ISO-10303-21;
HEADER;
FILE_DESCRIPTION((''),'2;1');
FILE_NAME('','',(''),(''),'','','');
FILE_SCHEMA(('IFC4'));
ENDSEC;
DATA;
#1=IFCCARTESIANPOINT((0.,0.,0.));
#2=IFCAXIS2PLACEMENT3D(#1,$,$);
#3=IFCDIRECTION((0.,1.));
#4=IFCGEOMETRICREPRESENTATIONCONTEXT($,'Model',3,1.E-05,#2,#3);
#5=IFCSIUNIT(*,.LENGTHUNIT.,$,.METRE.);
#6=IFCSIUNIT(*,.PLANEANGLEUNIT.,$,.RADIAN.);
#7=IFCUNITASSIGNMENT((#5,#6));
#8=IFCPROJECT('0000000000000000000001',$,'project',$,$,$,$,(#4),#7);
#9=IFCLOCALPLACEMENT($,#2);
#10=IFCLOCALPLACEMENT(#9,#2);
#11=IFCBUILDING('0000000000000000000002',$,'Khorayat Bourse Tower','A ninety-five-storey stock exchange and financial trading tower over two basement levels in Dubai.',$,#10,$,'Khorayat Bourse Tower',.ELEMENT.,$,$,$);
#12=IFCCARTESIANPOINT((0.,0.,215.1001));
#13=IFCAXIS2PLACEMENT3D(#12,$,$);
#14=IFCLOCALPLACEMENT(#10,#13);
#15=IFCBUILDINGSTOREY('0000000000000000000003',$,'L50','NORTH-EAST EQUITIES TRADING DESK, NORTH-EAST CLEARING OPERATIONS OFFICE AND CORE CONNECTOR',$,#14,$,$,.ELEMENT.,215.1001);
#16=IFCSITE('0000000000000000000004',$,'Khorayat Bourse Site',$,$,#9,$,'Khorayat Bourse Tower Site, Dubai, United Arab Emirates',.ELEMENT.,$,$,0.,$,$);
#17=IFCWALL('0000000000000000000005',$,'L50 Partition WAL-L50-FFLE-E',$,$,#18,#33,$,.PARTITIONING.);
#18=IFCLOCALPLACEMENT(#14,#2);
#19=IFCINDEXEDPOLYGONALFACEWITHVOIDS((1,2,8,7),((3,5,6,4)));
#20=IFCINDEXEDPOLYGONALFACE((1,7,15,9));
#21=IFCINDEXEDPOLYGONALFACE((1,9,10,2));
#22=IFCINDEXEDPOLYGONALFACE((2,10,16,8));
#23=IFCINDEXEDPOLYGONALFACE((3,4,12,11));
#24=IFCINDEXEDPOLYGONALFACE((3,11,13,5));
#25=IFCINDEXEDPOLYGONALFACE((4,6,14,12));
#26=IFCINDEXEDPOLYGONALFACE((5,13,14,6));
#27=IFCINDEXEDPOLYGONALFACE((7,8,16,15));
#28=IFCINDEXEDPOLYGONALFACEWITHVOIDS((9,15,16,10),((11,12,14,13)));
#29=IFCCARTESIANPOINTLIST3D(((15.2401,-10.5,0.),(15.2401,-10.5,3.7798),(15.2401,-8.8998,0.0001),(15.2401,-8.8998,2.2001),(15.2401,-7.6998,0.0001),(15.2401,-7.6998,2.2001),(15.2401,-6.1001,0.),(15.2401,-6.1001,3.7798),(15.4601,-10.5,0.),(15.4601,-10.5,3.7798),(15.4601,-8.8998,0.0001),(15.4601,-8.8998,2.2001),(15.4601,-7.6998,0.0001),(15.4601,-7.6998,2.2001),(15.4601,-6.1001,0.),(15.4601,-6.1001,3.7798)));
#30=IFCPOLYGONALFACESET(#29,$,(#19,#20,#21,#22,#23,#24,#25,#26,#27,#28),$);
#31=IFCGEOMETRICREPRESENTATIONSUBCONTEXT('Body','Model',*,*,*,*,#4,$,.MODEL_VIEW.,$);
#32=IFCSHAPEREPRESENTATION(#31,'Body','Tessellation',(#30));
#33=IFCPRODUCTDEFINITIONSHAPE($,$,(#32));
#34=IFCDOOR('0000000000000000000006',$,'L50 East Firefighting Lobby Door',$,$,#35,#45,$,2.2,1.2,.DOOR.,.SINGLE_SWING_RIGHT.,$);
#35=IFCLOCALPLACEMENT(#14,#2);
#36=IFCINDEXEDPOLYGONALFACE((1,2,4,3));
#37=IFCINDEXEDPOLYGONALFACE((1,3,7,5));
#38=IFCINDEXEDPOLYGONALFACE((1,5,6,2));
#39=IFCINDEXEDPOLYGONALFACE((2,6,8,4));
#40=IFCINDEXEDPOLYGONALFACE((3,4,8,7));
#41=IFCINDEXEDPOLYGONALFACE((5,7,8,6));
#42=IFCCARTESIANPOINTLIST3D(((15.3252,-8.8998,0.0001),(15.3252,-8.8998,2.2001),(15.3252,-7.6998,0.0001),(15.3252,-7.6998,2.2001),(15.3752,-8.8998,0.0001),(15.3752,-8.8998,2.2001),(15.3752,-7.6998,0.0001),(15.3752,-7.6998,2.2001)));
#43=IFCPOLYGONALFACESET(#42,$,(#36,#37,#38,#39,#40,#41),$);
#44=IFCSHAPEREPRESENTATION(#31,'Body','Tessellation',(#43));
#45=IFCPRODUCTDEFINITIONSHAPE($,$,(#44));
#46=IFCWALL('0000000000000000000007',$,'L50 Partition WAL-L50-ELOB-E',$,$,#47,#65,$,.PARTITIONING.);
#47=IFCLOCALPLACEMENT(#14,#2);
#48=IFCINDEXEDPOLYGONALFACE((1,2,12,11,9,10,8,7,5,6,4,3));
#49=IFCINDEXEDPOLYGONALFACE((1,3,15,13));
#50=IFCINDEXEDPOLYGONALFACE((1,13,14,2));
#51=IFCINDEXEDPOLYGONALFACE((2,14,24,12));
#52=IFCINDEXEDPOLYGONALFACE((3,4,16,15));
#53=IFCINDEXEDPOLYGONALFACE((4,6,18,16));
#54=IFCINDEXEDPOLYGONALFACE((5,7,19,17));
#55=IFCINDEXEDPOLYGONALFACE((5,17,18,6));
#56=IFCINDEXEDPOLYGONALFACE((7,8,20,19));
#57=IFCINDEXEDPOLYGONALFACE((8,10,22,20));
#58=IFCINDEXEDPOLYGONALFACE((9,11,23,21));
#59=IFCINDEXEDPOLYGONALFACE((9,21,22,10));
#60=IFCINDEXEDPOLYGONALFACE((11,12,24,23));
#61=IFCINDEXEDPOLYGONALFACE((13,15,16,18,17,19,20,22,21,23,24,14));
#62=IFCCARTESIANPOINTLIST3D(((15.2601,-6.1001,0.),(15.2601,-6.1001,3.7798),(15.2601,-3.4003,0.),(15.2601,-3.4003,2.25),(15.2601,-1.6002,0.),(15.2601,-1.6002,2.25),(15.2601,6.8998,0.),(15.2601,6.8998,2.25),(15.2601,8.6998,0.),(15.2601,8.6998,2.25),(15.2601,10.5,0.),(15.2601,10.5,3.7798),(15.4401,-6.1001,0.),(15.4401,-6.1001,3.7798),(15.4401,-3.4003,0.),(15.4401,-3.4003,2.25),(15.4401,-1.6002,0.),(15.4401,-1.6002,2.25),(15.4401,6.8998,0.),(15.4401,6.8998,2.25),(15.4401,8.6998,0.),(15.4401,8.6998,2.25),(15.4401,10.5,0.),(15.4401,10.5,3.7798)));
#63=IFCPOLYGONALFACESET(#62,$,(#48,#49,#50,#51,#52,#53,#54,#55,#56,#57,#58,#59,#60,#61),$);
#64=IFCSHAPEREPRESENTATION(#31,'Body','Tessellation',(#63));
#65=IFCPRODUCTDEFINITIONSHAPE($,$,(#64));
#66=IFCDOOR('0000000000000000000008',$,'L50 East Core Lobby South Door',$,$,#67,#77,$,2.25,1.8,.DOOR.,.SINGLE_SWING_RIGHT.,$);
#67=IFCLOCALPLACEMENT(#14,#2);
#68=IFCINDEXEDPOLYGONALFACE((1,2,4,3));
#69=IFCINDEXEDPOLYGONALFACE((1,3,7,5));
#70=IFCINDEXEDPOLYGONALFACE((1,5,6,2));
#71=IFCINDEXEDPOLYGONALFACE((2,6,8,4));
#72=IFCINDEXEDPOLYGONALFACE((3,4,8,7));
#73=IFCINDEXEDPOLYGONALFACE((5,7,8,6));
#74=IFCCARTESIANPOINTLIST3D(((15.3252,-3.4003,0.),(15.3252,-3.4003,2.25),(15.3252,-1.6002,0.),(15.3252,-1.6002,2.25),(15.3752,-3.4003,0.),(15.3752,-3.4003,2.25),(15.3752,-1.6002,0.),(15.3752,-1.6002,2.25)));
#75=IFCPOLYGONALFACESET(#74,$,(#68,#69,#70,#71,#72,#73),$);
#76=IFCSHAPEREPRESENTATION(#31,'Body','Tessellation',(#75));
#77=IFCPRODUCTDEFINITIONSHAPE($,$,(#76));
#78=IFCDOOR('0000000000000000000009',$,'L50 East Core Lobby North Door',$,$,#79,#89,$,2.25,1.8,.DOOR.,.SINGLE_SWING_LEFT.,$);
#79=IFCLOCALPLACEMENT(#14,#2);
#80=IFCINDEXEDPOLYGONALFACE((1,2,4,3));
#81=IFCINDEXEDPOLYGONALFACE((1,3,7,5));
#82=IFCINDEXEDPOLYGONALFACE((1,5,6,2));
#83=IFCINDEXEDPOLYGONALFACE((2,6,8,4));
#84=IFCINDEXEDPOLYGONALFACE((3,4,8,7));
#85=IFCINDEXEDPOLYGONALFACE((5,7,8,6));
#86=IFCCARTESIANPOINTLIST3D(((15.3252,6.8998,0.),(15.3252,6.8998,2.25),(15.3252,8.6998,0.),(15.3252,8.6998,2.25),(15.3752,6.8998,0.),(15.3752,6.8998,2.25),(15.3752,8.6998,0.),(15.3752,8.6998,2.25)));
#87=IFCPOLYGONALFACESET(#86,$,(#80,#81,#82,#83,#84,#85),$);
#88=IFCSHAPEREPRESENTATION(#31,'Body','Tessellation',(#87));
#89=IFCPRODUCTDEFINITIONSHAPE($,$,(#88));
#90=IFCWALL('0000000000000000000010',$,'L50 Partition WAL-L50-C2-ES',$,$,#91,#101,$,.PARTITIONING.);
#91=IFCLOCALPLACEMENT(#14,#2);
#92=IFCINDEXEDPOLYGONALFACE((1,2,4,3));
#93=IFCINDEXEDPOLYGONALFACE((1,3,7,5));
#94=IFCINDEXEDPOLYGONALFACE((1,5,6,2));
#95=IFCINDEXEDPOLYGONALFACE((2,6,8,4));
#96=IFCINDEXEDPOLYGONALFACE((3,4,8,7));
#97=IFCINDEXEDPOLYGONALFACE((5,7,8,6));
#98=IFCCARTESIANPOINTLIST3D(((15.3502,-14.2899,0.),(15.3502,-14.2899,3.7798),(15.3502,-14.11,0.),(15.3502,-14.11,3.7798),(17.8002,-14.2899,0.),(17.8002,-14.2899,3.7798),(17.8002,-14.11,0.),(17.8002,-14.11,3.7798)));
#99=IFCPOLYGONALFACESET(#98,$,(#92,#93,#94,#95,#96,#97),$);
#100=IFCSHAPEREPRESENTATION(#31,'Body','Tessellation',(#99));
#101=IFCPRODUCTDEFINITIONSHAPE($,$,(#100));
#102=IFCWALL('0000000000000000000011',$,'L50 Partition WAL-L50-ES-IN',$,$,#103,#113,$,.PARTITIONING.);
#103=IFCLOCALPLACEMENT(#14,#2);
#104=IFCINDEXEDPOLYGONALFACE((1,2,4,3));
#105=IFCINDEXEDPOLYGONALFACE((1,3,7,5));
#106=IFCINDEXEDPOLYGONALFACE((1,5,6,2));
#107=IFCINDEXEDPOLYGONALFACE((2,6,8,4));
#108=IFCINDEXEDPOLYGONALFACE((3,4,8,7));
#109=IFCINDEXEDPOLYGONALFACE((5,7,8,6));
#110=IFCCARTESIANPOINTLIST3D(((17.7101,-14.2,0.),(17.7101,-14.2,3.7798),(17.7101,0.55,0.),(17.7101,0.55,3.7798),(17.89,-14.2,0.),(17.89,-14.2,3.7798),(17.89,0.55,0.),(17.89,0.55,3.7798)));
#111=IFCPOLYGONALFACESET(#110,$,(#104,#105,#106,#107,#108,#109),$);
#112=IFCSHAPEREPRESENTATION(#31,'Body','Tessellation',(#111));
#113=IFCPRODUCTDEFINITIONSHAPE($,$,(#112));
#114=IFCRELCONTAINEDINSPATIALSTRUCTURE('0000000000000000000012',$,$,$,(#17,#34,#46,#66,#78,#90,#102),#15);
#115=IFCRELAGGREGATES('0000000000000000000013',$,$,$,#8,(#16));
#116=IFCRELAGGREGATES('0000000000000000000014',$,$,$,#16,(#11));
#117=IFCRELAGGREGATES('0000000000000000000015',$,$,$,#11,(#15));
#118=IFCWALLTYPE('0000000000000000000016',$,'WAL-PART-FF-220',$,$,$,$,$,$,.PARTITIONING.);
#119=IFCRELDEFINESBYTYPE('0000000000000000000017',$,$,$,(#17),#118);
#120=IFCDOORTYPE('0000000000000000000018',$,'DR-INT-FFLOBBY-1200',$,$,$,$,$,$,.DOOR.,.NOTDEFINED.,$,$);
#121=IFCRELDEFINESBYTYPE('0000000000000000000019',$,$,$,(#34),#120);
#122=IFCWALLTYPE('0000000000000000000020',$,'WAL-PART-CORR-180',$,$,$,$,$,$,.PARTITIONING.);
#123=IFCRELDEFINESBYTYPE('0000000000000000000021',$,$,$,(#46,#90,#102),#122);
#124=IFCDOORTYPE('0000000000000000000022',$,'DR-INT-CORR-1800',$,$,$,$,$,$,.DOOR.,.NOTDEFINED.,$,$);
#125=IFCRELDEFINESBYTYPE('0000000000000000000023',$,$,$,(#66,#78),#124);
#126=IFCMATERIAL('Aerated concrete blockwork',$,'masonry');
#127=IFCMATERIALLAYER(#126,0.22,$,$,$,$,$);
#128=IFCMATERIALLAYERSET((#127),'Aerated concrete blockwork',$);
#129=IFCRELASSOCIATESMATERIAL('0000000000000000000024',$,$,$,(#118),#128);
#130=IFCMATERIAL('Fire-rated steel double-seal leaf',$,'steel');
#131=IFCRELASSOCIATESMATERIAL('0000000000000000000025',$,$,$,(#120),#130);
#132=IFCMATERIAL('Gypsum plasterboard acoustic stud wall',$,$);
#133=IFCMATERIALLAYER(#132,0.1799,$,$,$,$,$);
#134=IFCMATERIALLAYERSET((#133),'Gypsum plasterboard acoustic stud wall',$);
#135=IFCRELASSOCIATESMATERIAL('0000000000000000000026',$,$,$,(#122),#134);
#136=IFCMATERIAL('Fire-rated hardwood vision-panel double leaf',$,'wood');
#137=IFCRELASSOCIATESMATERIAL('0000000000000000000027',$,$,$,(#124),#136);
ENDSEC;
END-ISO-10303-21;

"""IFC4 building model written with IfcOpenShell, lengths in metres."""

from ifc_helpers import new_model, si_unit, direction, frame, frame_2d, origin, place, context, subcontext, project, spatial, rectangle, extrude, source, transform, mapped, material, layer, layer_set, type_object, element, fill, save


model = new_model("IFC4")

# Units and contexts
model_context = context("Model", 3, precision=1e-05, world=origin(), true_north=direction((0.0, 1.0)))
body_context = subcontext(model_context, "Body", "Model", "MODEL_VIEW")
ifc_project = project(units=[si_unit("LENGTHUNIT", "METRE"), si_unit("PLANEANGLEUNIT", "RADIAN")], contexts=[model_context])

# Site, building, storey
site_placement = place(None, origin())
site = spatial("IfcSite", under=ifc_project, at=site_placement, Name="Khorayat Bourse Site", LongName="Khorayat Bourse Tower Site, Dubai, United Arab Emirates", CompositionType="ELEMENT", RefElevation=0.0)
building_placement = place(site_placement, origin())
building = spatial("IfcBuilding", under=site, at=building_placement, Name="Khorayat Bourse Tower", Description="A ninety-five-storey stock exchange and financial trading tower over two basement levels in Dubai.", LongName="Khorayat Bourse Tower", CompositionType="ELEMENT")
storey_placement = place(building_placement, frame((0.0, 0.0, 215.1001)))
storey = spatial("IfcBuildingStorey", under=building, at=storey_placement, Name="L50", Description="NORTH-EAST EQUITIES TRADING DESK, NORTH-EAST CLEARING OPERATIONS OFFICE AND CORE CONNECTOR", CompositionType="ELEMENT", Elevation=215.1001)

# Shared definitions
ifc_material_1 = material(Name="Aerated concrete blockwork", Category="masonry")
ifc_layer_1 = layer(ifc_material_1, 0.22)
ifc_layer_set_1 = layer_set([ifc_layer_1], Name="Aerated concrete blockwork")
wall_type_1 = type_object("IfcWallType", Name="WAL-PART-FF-220", PredefinedType="PARTITIONING", material=ifc_layer_set_1)

# Wall, opening, door
shared_shape_1 = source(origin(), body_context, "Body", "SweptSolid", [
    extrude(rectangle(XDim=4.3999, YDim=0.22, at=frame_2d((2.2, 0.0))), origin(), (0.0, 0.0, 1.0), 3.7798),
])
wall_1_placement = place(storey_placement, frame((15.3501, -10.5, 0.0), z_axis=(0.0, 0.0, 1.0), x_axis=(0.0, 1.0, 0.0)))
wall_1 = element("IfcWall", 1, at=wall_1_placement, inside=storey, type_object=wall_type_1, Name="L50 Partition WAL-L50-FFLE-E", PredefinedType="PARTITIONING", context=body_context, shape_type="MappedRepresentation", body=[
    mapped(shared_shape_1, transform((0.0, 0.0, 0.0), scale=1.0)),
])
shared_shape_2 = source(origin(), body_context, "Body", "SweptSolid", [
    extrude(rectangle(XDim=1.2, YDim=2.2, at=frame_2d((0.6001, 1.1001))), frame((0.0, 0.1199, 0.0), z_axis=(0.0, -1.0, 0.0), x_axis=(1.0, 0.0, 0.0)), (0.0, 0.0, 1.0), 0.24),
])
opening_1_placement = place(wall_1_placement, frame((1.6001, 0.0, 0.0)))
opening_1 = element("IfcOpeningElement", 2, at=opening_1_placement, cuts=wall_1, PredefinedType="OPENING", context=body_context, shape_type="MappedRepresentation", body=[
    mapped(shared_shape_2, transform((0.0, 0.0, 0.0), scale=1.0)),
])
ifc_material_2 = material(Name="Fire-rated steel double-seal leaf", Category="steel")
door_type_1 = type_object("IfcDoorType", Name="DR-INT-FFLOBBY-1200", OperationType="NOTDEFINED", PredefinedType="DOOR", material=ifc_material_2)
shared_shape_3 = source(origin(), body_context, "Body", "SweptSolid", [
    extrude(rectangle(XDim=1.2, YDim=2.2, at=frame_2d((0.6001, 1.1001))), frame((0.0, 0.0249, 0.0), z_axis=(0.0, -1.0, 0.0), x_axis=(1.0, 0.0, 0.0)), (0.0, 0.0, 1.0), 0.05),
])
door_1_placement = place(opening_1_placement, origin())
door_1 = element("IfcDoor", 3, at=door_1_placement, inside=storey, type_object=door_type_1, Name="L50 East Firefighting Lobby Door", OperationType="SINGLE_SWING_RIGHT", OverallHeight=2.2, OverallWidth=1.2, PredefinedType="DOOR", context=body_context, shape_type="MappedRepresentation", body=[
    mapped(shared_shape_3, transform((0.0, 0.0, 0.0), scale=1.0)),
])
fill(opening_1, door_1)

# Wall, openings, doors
ifc_material_3 = material(Name="Gypsum plasterboard acoustic stud wall")
ifc_layer_2 = layer(ifc_material_3, 0.1799)
ifc_layer_set_2 = layer_set([ifc_layer_2], Name="Gypsum plasterboard acoustic stud wall")
wall_type_2 = type_object("IfcWallType", Name="WAL-PART-CORR-180", PredefinedType="PARTITIONING", material=ifc_layer_set_2)
shared_shape_4 = source(origin(), body_context, "Body", "SweptSolid", [
    extrude(rectangle(XDim=16.6001, YDim=0.1799, at=frame_2d((8.3, 0.0))), origin(), (0.0, 0.0, 1.0), 3.7798),
])
wall_2_placement = place(storey_placement, frame((15.3501, -6.1001, 0.0), z_axis=(0.0, 0.0, 1.0), x_axis=(0.0, 1.0, 0.0)))
wall_2 = element("IfcWall", 4, at=wall_2_placement, inside=storey, type_object=wall_type_2, Name="L50 Partition WAL-L50-ELOB-E", PredefinedType="PARTITIONING", context=body_context, shape_type="MappedRepresentation", body=[
    mapped(shared_shape_4, transform((0.0, 0.0, 0.0), scale=1.0)),
])
shared_shape_5 = source(origin(), body_context, "Body", "SweptSolid", [
    extrude(rectangle(XDim=1.8, YDim=2.25, at=frame_2d((0.8999, 1.125))), frame((0.0, 0.0999, 0.0), z_axis=(0.0, -1.0, 0.0), x_axis=(1.0, 0.0, 0.0)), (0.0, 0.0, 1.0), 0.2),
])
opening_2_placement = place(wall_2_placement, frame((2.7, 0.0, 0.0)))
opening_2 = element("IfcOpeningElement", 5, at=opening_2_placement, cuts=wall_2, PredefinedType="OPENING", context=body_context, shape_type="MappedRepresentation", body=[
    mapped(shared_shape_5, transform((0.0, 0.0, 0.0), scale=1.0)),
])
opening_3_placement = place(wall_2_placement, frame((13.0, 0.0, 0.0)))
opening_3 = element("IfcOpeningElement", 6, at=opening_3_placement, cuts=wall_2, PredefinedType="OPENING", context=body_context, shape_type="MappedRepresentation", body=[
    mapped(shared_shape_5, transform((0.0, 0.0, 0.0), scale=1.0)),
])
ifc_material_4 = material(Name="Fire-rated hardwood vision-panel double leaf", Category="wood")
door_type_2 = type_object("IfcDoorType", Name="DR-INT-CORR-1800", OperationType="NOTDEFINED", PredefinedType="DOOR", material=ifc_material_4)
shared_shape_6 = source(origin(), body_context, "Body", "SweptSolid", [
    extrude(rectangle(XDim=1.8, YDim=2.25, at=frame_2d((0.8999, 1.125))), frame((0.0, 0.0249, 0.0), z_axis=(0.0, -1.0, 0.0), x_axis=(1.0, 0.0, 0.0)), (0.0, 0.0, 1.0), 0.05),
])
door_2_placement = place(opening_2_placement, origin())
door_2 = element("IfcDoor", 7, at=door_2_placement, inside=storey, type_object=door_type_2, Name="L50 East Core Lobby South Door", OperationType="SINGLE_SWING_RIGHT", OverallHeight=2.25, OverallWidth=1.8, PredefinedType="DOOR", context=body_context, shape_type="MappedRepresentation", body=[
    mapped(shared_shape_6, transform((0.0, 0.0, 0.0), scale=1.0)),
])
fill(opening_2, door_2)
door_3_placement = place(opening_3_placement, origin())
door_3 = element("IfcDoor", 8, at=door_3_placement, inside=storey, type_object=door_type_2, Name="L50 East Core Lobby North Door", OperationType="SINGLE_SWING_LEFT", OverallHeight=2.25, OverallWidth=1.8, PredefinedType="DOOR", context=body_context, shape_type="MappedRepresentation", body=[
    mapped(shared_shape_6, transform((0.0, 0.0, 0.0), scale=1.0)),
])
fill(opening_3, door_3)

# Walls
shared_shape_7 = source(origin(), body_context, "Body", "SweptSolid", [
    extrude(rectangle(XDim=2.45, YDim=0.1799, at=frame_2d((1.2251, 0.0))), origin(), (0.0, 0.0, 1.0), 3.7798),
])
wall_3_placement = place(storey_placement, frame((15.3501, -14.2, 0.0), z_axis=(0.0, 0.0, 1.0), x_axis=(1.0, 0.0, 0.0)))
element("IfcWall", 9, at=wall_3_placement, inside=storey, type_object=wall_type_2, Name="L50 Partition WAL-L50-C2-ES", PredefinedType="PARTITIONING", context=body_context, shape_type="MappedRepresentation", body=[
    mapped(shared_shape_7, transform((0.0, 0.0, 0.0), scale=1.0)),
])
shared_shape_8 = source(origin(), body_context, "Body", "SweptSolid", [
    extrude(rectangle(XDim=14.75, YDim=0.1799, at=frame_2d((7.375, 0.0))), origin(), (0.0, 0.0, 1.0), 3.7798),
])
wall_4_placement = place(storey_placement, frame((17.8, -14.2, 0.0), z_axis=(0.0, 0.0, 1.0), x_axis=(0.0, 1.0, 0.0)))
element("IfcWall", 10, at=wall_4_placement, inside=storey, type_object=wall_type_2, Name="L50 Partition WAL-L50-ES-IN", PredefinedType="PARTITIONING", context=body_context, shape_type="MappedRepresentation", body=[
    mapped(shared_shape_8, transform((0.0, 0.0, 0.0), scale=1.0)),
])

save(model, "model.ifc")
